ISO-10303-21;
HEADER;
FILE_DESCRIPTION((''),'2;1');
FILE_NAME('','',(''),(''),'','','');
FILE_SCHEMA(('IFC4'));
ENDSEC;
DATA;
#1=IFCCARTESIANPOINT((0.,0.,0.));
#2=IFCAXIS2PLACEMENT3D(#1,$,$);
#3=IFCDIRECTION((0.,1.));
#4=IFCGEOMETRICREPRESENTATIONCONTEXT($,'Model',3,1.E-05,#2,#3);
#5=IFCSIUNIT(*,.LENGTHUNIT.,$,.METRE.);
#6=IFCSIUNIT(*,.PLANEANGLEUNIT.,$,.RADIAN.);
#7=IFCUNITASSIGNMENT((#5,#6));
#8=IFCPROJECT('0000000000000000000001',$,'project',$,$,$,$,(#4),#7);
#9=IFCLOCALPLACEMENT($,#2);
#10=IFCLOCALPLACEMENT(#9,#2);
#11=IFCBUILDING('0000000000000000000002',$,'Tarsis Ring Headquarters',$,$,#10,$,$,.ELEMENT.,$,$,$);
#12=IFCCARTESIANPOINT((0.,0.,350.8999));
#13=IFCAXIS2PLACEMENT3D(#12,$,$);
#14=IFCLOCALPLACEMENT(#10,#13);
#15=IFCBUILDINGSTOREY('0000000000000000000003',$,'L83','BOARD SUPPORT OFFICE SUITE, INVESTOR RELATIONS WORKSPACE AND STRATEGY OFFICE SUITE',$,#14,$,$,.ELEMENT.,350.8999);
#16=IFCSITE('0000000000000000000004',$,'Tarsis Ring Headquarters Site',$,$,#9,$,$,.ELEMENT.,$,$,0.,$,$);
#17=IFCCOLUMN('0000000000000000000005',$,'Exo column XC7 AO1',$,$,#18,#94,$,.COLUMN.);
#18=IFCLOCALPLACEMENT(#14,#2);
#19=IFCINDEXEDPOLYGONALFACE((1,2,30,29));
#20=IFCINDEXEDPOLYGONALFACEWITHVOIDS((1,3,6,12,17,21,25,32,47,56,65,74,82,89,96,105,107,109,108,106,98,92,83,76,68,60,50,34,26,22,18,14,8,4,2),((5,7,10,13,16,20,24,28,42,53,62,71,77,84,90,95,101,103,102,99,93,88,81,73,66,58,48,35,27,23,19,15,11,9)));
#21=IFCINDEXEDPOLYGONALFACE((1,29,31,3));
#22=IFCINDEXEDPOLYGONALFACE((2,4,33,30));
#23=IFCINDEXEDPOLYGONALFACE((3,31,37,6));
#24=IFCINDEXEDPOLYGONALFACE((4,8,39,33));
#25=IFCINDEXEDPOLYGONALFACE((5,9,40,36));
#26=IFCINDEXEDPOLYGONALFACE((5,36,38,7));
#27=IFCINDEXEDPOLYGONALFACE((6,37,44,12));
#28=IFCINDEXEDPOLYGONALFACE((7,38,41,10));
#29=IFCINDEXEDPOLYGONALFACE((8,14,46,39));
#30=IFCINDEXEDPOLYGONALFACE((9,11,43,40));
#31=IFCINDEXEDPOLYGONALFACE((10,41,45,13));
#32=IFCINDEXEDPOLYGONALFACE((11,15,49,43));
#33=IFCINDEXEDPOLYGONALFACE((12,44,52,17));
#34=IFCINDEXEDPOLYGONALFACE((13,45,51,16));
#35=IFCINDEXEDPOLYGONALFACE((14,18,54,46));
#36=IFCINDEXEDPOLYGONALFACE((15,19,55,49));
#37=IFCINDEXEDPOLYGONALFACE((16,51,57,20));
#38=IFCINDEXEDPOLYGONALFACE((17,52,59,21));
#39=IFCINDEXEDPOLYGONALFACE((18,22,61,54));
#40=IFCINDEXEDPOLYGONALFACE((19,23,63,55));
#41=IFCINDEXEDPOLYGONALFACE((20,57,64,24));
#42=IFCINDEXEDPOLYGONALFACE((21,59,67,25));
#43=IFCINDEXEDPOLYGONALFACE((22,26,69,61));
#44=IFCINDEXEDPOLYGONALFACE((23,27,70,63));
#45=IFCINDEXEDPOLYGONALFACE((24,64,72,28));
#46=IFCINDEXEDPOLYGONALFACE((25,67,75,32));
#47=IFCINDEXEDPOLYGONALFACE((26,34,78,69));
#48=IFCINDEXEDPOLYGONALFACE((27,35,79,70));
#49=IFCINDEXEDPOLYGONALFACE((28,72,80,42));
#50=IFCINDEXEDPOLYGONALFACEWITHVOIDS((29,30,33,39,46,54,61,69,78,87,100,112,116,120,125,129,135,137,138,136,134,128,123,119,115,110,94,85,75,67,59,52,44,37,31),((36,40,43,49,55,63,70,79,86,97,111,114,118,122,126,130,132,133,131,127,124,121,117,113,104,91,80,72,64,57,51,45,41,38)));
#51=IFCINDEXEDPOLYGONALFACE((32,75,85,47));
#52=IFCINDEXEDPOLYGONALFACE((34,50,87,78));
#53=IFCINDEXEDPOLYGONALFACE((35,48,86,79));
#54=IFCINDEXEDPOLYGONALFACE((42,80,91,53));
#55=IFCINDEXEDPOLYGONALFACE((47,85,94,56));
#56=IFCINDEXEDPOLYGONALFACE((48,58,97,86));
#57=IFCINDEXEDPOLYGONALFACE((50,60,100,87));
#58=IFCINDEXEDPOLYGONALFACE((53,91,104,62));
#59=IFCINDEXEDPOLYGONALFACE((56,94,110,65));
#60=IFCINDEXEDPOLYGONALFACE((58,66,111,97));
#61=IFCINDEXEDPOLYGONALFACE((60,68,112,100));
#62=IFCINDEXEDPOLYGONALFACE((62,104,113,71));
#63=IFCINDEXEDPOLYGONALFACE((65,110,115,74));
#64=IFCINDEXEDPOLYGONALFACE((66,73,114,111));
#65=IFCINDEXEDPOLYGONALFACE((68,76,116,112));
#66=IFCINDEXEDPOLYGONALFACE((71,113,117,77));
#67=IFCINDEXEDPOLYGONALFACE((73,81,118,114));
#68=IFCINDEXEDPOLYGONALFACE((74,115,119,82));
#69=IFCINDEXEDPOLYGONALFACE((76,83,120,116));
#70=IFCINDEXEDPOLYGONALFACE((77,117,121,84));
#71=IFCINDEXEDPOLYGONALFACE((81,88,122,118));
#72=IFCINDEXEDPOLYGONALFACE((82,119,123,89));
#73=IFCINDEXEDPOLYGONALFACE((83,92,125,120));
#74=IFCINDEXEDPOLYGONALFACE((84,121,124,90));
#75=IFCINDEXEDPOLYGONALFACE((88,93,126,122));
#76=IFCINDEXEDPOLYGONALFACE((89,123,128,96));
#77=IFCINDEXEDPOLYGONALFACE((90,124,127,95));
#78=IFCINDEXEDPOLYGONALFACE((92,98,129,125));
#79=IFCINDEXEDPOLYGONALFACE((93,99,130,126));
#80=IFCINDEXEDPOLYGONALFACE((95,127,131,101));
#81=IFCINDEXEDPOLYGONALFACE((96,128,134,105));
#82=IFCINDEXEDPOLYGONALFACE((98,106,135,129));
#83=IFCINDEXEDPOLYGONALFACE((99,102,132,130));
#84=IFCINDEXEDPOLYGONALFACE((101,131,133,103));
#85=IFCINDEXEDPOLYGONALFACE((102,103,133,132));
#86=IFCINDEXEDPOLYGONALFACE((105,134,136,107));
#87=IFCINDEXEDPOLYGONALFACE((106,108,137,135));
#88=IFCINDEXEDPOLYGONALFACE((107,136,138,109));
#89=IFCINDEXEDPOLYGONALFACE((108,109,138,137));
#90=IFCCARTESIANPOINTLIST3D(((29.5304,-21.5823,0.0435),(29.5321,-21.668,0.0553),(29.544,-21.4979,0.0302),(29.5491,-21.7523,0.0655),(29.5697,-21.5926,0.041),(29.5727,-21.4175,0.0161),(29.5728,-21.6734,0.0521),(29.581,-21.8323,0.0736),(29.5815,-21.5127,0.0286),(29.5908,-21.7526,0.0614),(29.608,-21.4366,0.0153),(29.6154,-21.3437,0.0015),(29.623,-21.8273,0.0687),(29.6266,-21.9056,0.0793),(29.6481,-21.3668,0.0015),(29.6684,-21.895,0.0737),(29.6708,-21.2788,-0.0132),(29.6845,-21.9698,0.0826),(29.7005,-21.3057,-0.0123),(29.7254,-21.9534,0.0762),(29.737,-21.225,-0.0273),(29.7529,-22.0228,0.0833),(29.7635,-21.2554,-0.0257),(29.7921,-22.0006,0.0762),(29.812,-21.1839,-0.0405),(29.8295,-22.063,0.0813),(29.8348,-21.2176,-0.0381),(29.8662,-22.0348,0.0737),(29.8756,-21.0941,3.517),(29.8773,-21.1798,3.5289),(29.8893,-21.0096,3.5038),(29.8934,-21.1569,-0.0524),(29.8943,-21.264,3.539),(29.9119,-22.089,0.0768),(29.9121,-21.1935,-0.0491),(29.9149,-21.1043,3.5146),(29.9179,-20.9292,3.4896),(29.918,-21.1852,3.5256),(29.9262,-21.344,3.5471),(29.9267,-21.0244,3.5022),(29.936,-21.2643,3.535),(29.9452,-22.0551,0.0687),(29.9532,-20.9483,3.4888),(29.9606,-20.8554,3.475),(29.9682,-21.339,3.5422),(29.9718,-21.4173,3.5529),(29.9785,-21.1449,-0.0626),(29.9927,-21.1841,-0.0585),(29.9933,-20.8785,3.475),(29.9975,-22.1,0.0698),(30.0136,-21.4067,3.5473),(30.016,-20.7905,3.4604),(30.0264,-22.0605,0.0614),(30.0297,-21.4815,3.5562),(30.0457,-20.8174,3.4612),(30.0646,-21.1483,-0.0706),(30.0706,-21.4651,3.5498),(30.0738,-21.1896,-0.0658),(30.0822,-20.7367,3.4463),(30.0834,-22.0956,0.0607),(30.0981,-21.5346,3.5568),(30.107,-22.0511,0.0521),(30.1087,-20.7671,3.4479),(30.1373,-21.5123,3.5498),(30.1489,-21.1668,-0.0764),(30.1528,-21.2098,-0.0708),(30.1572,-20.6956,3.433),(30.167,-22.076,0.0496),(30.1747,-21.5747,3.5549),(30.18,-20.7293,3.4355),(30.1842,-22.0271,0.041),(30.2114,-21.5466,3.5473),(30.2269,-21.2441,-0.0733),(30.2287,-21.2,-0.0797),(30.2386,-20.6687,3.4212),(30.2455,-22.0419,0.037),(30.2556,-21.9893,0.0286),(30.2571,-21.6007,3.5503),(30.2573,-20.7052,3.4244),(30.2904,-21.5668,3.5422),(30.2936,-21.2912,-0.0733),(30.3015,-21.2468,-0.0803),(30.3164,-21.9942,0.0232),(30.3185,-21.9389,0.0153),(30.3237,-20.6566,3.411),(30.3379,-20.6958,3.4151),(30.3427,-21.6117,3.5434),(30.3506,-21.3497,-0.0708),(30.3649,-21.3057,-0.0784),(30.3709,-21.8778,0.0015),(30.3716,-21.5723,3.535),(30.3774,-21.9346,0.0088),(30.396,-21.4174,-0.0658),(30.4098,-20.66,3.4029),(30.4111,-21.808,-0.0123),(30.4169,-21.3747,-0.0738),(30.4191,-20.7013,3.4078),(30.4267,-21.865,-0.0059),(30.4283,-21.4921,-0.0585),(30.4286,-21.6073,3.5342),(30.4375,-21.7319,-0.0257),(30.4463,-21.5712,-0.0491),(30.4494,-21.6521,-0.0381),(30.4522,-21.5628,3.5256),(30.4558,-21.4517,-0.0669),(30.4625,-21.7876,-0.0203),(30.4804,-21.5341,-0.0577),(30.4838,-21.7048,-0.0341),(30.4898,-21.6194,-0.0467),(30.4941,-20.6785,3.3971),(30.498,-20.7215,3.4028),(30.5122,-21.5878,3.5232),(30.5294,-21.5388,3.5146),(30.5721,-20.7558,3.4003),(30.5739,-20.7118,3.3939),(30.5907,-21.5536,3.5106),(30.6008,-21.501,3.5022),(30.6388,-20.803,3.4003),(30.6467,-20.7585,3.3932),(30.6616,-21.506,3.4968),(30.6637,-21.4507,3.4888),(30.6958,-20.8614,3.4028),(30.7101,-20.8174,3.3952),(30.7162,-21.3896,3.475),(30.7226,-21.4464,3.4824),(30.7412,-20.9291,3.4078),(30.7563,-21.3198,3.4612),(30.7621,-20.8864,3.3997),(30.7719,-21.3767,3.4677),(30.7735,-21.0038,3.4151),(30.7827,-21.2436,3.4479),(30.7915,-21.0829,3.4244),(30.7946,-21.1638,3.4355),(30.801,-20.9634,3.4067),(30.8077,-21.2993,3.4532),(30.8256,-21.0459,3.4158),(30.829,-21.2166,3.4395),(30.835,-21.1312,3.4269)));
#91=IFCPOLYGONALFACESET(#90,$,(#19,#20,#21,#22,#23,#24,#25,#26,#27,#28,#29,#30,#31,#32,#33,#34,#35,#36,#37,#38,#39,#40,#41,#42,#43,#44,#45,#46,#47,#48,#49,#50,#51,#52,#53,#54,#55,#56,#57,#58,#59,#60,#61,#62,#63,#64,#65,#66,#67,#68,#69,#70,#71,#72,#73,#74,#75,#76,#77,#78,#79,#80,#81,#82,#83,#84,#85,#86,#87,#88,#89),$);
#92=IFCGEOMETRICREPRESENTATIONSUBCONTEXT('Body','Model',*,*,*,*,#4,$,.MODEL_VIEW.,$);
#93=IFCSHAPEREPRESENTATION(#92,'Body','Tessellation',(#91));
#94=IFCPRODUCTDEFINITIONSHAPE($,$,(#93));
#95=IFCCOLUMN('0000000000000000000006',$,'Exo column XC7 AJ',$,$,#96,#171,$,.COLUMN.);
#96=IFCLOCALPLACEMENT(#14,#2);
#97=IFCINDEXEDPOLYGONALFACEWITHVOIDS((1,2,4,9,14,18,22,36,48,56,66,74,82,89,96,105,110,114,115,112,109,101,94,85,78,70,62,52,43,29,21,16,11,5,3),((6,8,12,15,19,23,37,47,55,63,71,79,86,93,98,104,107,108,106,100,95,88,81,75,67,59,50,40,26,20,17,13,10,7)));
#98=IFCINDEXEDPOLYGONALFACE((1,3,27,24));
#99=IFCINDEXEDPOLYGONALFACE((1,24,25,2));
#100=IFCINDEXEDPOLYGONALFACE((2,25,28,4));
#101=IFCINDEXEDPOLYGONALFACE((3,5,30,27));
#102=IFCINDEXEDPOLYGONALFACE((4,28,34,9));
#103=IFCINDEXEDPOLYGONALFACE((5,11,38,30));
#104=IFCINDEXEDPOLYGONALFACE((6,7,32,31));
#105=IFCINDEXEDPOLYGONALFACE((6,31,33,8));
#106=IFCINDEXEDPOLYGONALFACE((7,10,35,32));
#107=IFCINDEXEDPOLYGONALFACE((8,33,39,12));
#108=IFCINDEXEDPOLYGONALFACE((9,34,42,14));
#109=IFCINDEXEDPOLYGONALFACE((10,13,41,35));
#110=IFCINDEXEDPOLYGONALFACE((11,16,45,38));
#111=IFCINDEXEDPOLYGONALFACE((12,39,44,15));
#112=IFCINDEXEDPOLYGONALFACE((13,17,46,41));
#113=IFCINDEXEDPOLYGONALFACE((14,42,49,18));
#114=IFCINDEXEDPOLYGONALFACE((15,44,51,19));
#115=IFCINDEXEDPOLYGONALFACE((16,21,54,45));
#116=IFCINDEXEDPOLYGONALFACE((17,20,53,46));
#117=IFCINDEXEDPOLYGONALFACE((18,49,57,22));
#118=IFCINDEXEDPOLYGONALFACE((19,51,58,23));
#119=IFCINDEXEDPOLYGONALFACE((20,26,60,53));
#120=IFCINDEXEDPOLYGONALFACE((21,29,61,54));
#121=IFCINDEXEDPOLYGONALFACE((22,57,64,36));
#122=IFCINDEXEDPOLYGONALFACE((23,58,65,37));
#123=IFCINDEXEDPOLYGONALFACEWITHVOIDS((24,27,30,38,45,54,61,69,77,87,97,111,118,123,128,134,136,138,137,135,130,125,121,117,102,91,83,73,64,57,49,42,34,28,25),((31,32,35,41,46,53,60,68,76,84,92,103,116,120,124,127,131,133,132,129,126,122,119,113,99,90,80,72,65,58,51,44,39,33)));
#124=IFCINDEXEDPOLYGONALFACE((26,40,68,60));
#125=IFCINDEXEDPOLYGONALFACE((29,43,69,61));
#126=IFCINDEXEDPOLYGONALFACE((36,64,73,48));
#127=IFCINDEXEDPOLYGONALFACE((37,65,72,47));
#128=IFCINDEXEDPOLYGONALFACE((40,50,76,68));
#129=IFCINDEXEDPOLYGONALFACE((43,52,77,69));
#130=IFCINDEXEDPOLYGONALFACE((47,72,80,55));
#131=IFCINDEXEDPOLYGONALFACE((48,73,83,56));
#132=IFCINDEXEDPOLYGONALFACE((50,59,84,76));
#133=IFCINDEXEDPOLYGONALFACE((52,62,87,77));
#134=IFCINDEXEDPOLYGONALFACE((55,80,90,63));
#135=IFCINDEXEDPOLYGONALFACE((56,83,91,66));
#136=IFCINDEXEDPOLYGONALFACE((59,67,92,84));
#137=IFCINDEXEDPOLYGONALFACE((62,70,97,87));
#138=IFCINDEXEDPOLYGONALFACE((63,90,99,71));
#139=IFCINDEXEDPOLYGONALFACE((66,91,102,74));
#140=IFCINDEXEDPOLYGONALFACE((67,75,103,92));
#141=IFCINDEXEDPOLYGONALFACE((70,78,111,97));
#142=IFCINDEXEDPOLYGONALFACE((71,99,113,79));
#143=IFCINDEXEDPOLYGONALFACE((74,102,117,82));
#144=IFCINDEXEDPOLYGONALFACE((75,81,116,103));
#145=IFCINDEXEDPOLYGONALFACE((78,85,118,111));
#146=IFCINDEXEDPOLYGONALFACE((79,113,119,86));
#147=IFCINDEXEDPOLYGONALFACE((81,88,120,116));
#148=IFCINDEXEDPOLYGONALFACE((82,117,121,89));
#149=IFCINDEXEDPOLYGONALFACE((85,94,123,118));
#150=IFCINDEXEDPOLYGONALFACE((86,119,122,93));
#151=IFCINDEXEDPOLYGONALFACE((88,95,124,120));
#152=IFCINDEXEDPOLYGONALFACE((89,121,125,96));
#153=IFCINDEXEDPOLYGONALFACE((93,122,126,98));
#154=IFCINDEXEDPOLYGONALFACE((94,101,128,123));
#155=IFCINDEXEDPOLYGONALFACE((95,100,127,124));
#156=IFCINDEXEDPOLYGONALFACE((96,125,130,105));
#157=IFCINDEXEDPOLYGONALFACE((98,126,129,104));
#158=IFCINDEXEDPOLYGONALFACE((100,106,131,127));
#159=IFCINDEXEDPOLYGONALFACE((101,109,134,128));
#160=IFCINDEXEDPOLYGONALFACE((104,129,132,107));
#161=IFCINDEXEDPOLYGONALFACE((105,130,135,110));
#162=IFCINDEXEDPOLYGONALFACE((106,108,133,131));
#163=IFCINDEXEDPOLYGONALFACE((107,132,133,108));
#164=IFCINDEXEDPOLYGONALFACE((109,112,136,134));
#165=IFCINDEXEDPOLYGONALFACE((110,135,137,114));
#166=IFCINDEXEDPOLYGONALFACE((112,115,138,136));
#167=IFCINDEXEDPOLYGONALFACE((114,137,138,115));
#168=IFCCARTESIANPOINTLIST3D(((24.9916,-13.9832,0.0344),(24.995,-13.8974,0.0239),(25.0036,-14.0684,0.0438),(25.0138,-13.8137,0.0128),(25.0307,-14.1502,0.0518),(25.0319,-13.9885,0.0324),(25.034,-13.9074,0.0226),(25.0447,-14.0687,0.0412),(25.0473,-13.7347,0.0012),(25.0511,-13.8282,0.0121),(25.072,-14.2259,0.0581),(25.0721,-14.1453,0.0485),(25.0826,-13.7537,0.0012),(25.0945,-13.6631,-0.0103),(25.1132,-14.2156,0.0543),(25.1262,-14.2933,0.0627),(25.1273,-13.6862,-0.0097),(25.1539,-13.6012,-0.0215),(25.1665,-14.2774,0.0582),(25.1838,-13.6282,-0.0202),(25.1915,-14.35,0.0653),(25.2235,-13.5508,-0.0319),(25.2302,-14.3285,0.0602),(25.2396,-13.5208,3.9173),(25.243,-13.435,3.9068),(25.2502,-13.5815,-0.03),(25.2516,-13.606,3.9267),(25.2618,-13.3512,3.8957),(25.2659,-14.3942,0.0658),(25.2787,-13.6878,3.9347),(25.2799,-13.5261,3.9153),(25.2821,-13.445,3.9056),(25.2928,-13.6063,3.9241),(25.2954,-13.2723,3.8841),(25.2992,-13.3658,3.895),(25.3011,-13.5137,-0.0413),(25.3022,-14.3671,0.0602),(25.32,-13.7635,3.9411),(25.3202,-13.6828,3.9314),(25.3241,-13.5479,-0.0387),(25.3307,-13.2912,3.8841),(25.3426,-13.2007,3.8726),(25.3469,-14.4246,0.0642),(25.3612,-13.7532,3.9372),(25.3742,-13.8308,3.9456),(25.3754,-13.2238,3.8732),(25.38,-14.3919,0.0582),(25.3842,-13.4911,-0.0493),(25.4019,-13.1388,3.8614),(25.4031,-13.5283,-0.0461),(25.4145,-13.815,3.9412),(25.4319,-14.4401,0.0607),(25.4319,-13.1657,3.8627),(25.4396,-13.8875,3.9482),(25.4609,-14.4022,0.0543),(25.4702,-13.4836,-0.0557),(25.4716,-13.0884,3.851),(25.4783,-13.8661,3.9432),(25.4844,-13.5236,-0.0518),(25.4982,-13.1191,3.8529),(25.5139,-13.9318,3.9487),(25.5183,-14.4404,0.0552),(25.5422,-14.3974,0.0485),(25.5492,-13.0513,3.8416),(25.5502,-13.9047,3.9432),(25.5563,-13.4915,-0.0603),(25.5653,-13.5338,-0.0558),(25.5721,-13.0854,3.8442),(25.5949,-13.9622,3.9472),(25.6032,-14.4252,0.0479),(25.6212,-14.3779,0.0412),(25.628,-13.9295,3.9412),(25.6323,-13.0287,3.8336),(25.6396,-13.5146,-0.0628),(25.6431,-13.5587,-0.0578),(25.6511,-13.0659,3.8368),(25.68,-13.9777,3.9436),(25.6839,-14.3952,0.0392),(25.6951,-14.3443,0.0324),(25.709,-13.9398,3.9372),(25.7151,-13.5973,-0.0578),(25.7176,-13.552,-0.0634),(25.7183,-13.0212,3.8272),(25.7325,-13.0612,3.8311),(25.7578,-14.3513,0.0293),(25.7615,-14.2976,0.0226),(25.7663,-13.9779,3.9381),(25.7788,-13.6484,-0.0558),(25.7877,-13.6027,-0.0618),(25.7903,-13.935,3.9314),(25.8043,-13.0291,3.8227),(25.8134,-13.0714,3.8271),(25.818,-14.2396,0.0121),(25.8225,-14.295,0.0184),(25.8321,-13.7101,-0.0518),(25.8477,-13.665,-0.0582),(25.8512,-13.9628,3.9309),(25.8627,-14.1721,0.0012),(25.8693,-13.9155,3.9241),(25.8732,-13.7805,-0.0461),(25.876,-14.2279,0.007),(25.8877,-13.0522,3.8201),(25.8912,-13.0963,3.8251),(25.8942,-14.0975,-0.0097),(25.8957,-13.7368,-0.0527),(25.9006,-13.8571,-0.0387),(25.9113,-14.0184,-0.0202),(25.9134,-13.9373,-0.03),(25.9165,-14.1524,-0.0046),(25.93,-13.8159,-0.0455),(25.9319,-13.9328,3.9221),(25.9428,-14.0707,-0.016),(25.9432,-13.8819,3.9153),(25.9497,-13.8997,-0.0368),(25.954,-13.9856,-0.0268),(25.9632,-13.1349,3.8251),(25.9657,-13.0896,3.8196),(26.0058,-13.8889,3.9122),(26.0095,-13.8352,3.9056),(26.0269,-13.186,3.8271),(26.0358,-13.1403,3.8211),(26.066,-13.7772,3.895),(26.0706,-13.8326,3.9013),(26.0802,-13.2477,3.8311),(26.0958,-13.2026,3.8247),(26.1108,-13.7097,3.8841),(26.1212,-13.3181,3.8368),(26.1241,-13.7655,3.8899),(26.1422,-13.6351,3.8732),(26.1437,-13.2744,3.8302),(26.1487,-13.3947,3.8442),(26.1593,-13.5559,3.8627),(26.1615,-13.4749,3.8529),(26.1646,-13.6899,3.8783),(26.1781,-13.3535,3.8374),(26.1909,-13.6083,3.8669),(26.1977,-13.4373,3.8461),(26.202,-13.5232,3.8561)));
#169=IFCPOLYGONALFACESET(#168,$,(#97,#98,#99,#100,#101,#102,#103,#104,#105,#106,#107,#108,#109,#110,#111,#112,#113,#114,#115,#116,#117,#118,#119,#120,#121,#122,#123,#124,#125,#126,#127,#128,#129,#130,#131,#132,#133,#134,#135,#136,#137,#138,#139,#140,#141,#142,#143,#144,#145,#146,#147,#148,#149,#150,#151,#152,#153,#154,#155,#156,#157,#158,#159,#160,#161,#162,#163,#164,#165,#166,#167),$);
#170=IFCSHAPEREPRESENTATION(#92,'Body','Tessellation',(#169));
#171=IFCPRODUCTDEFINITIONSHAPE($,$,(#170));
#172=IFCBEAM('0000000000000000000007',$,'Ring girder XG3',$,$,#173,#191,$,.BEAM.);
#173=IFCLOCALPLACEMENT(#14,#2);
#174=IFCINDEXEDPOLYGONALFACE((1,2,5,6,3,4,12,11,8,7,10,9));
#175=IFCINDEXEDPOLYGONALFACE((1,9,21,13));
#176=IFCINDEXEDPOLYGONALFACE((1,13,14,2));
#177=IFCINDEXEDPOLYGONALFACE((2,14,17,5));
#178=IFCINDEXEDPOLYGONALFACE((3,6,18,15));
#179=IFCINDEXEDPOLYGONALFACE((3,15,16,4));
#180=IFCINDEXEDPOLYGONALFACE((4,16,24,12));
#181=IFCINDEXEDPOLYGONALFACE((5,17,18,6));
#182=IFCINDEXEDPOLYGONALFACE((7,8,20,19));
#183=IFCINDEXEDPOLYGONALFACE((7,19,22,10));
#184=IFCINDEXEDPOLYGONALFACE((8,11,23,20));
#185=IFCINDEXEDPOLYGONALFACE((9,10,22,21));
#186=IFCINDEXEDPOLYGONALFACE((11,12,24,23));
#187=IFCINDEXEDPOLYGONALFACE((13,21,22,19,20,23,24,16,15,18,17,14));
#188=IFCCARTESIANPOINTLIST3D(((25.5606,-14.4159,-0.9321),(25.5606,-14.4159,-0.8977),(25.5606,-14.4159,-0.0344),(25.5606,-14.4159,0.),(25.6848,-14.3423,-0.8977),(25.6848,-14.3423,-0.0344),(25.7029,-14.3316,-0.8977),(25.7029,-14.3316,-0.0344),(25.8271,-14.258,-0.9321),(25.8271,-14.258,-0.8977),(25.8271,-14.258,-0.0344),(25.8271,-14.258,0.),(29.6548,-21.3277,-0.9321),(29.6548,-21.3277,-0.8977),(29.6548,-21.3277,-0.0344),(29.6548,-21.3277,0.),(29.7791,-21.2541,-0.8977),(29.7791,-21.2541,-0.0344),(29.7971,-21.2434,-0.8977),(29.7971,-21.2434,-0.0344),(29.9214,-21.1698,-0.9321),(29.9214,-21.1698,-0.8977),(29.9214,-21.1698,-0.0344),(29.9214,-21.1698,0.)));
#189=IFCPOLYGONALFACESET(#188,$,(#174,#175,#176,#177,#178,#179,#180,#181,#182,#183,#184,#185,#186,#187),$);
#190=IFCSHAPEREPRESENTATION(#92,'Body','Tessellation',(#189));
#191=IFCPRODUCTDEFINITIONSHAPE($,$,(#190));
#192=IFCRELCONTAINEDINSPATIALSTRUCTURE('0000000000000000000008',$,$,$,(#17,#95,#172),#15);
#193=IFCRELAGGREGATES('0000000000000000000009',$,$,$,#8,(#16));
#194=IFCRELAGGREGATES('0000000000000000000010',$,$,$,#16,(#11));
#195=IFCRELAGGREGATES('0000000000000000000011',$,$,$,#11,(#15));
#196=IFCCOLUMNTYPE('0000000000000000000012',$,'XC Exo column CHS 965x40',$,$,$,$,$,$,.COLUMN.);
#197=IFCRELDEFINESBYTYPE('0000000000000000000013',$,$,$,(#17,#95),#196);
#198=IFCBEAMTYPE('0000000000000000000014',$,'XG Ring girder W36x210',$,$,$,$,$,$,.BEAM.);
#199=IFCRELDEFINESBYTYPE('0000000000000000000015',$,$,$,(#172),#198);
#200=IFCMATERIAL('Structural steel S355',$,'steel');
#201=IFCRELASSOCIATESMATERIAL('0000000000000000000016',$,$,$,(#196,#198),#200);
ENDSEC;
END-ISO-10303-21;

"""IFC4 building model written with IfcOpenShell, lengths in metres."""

from ifc_helpers import new_model, si_unit, direction, frame, origin, origin_2d, place, context, subcontext, project, spatial, hollow_circle, i_section, extrude, material, material_profile, profile_set, type_object, element, save


model = new_model("IFC4")

# Units and contexts
model_context = context("Model", 3, precision=1e-05, world=origin(), true_north=direction((0.0, 1.0)))
body_context = subcontext(model_context, "Body", "Model", "MODEL_VIEW")
ifc_project = project(units=[si_unit("LENGTHUNIT", "METRE"), si_unit("PLANEANGLEUNIT", "RADIAN")], contexts=[model_context])

# Site, building, storey
site_placement = place(None, origin())
site = spatial("IfcSite", under=ifc_project, at=site_placement, Name="Tarsis Ring Headquarters Site", CompositionType="ELEMENT", RefElevation=0.0)
building_placement = place(site_placement, origin())
building = spatial("IfcBuilding", under=site, at=building_placement, Name="Tarsis Ring Headquarters", CompositionType="ELEMENT")
storey_placement = place(building_placement, frame((0.0, 0.0, 350.8999)))
storey = spatial("IfcBuildingStorey", under=building, at=storey_placement, Name="L83", Description="BOARD SUPPORT OFFICE SUITE, INVESTOR RELATIONS WORKSPACE AND STRATEGY OFFICE SUITE", CompositionType="ELEMENT", Elevation=350.8999)

# Columns
ifc_material_1 = material(Name="Structural steel S355", Category="steel")
ifc_material_profile_1 = material_profile(ifc_material_1, hollow_circle(Radius=0.4827, WallThickness=0.04, at=origin_2d()), Name="CHS 965x40")
ifc_profile_set_1 = profile_set([ifc_material_profile_1], Name="Structural steel S355")
column_type = type_object("IfcColumnType", Name="XC Exo column CHS 965x40", PredefinedType="COLUMN", material=ifc_profile_set_1)
column_1_placement = place(storey_placement, frame((30.0095, -21.6223, 0.0015), z_axis=(0.097941, 0.13853, 0.985503), x_axis=(-0.816538, 0.577292, 0.0)))
element("IfcColumn", 1, at=column_1_placement, inside=storey, type_object=column_type, Name="Exo column XC7 AO1", PredefinedType="COLUMN", context=body_context, shape_type="SweptSolid", body=[
    extrude(hollow_circle(Radius=0.4827, WallThickness=0.04, at=origin_2d()), origin(), (0.0, 0.0, 1.0), 3.5247),
])
column_2_placement = place(storey_placement, frame((25.4727, -13.9629, 0.0012), z_axis=(0.063308, 0.118017, 0.990992), x_axis=(-0.881217, 0.472712, 0.0)))
element("IfcColumn", 2, at=column_2_placement, inside=storey, type_object=column_type, Name="Exo column XC7 AJ", PredefinedType="COLUMN", context=body_context, shape_type="SweptSolid", body=[
    extrude(hollow_circle(Radius=0.4827, WallThickness=0.04, at=origin_2d()), origin(), (0.0, 0.0, 1.0), 3.9182),
])

# Beam
ifc_material_profile_2 = material_profile(ifc_material_1, i_section(OverallWidth=0.3098, OverallDepth=0.9321, WebThickness=0.021, FlangeThickness=0.0344, at=origin_2d()), Name="W36x210")
ifc_profile_set_2 = profile_set([ifc_material_profile_2], Name="Structural steel S355")
beam_type = type_object("IfcBeamType", Name="XG Ring girder W36x210", PredefinedType="BEAM", material=ifc_profile_set_2)
beam_placement = place(storey_placement, frame((29.7881, -21.2488, -0.4661), z_axis=(-0.509647, 0.860383, 0.0), x_axis=(-0.860383, -0.509647, 0.0)))
element("IfcBeam", 3, at=beam_placement, inside=storey, type_object=beam_type, Name="Ring girder XG3", PredefinedType="BEAM", context=body_context, shape_type="SweptSolid", body=[
    extrude(i_section(OverallWidth=0.3098, OverallDepth=0.9321, WebThickness=0.021, FlangeThickness=0.0344, at=origin_2d()), origin(), (0.0, 0.0, 1.0), 8.0334),
])

save(model, "model.ifc")
